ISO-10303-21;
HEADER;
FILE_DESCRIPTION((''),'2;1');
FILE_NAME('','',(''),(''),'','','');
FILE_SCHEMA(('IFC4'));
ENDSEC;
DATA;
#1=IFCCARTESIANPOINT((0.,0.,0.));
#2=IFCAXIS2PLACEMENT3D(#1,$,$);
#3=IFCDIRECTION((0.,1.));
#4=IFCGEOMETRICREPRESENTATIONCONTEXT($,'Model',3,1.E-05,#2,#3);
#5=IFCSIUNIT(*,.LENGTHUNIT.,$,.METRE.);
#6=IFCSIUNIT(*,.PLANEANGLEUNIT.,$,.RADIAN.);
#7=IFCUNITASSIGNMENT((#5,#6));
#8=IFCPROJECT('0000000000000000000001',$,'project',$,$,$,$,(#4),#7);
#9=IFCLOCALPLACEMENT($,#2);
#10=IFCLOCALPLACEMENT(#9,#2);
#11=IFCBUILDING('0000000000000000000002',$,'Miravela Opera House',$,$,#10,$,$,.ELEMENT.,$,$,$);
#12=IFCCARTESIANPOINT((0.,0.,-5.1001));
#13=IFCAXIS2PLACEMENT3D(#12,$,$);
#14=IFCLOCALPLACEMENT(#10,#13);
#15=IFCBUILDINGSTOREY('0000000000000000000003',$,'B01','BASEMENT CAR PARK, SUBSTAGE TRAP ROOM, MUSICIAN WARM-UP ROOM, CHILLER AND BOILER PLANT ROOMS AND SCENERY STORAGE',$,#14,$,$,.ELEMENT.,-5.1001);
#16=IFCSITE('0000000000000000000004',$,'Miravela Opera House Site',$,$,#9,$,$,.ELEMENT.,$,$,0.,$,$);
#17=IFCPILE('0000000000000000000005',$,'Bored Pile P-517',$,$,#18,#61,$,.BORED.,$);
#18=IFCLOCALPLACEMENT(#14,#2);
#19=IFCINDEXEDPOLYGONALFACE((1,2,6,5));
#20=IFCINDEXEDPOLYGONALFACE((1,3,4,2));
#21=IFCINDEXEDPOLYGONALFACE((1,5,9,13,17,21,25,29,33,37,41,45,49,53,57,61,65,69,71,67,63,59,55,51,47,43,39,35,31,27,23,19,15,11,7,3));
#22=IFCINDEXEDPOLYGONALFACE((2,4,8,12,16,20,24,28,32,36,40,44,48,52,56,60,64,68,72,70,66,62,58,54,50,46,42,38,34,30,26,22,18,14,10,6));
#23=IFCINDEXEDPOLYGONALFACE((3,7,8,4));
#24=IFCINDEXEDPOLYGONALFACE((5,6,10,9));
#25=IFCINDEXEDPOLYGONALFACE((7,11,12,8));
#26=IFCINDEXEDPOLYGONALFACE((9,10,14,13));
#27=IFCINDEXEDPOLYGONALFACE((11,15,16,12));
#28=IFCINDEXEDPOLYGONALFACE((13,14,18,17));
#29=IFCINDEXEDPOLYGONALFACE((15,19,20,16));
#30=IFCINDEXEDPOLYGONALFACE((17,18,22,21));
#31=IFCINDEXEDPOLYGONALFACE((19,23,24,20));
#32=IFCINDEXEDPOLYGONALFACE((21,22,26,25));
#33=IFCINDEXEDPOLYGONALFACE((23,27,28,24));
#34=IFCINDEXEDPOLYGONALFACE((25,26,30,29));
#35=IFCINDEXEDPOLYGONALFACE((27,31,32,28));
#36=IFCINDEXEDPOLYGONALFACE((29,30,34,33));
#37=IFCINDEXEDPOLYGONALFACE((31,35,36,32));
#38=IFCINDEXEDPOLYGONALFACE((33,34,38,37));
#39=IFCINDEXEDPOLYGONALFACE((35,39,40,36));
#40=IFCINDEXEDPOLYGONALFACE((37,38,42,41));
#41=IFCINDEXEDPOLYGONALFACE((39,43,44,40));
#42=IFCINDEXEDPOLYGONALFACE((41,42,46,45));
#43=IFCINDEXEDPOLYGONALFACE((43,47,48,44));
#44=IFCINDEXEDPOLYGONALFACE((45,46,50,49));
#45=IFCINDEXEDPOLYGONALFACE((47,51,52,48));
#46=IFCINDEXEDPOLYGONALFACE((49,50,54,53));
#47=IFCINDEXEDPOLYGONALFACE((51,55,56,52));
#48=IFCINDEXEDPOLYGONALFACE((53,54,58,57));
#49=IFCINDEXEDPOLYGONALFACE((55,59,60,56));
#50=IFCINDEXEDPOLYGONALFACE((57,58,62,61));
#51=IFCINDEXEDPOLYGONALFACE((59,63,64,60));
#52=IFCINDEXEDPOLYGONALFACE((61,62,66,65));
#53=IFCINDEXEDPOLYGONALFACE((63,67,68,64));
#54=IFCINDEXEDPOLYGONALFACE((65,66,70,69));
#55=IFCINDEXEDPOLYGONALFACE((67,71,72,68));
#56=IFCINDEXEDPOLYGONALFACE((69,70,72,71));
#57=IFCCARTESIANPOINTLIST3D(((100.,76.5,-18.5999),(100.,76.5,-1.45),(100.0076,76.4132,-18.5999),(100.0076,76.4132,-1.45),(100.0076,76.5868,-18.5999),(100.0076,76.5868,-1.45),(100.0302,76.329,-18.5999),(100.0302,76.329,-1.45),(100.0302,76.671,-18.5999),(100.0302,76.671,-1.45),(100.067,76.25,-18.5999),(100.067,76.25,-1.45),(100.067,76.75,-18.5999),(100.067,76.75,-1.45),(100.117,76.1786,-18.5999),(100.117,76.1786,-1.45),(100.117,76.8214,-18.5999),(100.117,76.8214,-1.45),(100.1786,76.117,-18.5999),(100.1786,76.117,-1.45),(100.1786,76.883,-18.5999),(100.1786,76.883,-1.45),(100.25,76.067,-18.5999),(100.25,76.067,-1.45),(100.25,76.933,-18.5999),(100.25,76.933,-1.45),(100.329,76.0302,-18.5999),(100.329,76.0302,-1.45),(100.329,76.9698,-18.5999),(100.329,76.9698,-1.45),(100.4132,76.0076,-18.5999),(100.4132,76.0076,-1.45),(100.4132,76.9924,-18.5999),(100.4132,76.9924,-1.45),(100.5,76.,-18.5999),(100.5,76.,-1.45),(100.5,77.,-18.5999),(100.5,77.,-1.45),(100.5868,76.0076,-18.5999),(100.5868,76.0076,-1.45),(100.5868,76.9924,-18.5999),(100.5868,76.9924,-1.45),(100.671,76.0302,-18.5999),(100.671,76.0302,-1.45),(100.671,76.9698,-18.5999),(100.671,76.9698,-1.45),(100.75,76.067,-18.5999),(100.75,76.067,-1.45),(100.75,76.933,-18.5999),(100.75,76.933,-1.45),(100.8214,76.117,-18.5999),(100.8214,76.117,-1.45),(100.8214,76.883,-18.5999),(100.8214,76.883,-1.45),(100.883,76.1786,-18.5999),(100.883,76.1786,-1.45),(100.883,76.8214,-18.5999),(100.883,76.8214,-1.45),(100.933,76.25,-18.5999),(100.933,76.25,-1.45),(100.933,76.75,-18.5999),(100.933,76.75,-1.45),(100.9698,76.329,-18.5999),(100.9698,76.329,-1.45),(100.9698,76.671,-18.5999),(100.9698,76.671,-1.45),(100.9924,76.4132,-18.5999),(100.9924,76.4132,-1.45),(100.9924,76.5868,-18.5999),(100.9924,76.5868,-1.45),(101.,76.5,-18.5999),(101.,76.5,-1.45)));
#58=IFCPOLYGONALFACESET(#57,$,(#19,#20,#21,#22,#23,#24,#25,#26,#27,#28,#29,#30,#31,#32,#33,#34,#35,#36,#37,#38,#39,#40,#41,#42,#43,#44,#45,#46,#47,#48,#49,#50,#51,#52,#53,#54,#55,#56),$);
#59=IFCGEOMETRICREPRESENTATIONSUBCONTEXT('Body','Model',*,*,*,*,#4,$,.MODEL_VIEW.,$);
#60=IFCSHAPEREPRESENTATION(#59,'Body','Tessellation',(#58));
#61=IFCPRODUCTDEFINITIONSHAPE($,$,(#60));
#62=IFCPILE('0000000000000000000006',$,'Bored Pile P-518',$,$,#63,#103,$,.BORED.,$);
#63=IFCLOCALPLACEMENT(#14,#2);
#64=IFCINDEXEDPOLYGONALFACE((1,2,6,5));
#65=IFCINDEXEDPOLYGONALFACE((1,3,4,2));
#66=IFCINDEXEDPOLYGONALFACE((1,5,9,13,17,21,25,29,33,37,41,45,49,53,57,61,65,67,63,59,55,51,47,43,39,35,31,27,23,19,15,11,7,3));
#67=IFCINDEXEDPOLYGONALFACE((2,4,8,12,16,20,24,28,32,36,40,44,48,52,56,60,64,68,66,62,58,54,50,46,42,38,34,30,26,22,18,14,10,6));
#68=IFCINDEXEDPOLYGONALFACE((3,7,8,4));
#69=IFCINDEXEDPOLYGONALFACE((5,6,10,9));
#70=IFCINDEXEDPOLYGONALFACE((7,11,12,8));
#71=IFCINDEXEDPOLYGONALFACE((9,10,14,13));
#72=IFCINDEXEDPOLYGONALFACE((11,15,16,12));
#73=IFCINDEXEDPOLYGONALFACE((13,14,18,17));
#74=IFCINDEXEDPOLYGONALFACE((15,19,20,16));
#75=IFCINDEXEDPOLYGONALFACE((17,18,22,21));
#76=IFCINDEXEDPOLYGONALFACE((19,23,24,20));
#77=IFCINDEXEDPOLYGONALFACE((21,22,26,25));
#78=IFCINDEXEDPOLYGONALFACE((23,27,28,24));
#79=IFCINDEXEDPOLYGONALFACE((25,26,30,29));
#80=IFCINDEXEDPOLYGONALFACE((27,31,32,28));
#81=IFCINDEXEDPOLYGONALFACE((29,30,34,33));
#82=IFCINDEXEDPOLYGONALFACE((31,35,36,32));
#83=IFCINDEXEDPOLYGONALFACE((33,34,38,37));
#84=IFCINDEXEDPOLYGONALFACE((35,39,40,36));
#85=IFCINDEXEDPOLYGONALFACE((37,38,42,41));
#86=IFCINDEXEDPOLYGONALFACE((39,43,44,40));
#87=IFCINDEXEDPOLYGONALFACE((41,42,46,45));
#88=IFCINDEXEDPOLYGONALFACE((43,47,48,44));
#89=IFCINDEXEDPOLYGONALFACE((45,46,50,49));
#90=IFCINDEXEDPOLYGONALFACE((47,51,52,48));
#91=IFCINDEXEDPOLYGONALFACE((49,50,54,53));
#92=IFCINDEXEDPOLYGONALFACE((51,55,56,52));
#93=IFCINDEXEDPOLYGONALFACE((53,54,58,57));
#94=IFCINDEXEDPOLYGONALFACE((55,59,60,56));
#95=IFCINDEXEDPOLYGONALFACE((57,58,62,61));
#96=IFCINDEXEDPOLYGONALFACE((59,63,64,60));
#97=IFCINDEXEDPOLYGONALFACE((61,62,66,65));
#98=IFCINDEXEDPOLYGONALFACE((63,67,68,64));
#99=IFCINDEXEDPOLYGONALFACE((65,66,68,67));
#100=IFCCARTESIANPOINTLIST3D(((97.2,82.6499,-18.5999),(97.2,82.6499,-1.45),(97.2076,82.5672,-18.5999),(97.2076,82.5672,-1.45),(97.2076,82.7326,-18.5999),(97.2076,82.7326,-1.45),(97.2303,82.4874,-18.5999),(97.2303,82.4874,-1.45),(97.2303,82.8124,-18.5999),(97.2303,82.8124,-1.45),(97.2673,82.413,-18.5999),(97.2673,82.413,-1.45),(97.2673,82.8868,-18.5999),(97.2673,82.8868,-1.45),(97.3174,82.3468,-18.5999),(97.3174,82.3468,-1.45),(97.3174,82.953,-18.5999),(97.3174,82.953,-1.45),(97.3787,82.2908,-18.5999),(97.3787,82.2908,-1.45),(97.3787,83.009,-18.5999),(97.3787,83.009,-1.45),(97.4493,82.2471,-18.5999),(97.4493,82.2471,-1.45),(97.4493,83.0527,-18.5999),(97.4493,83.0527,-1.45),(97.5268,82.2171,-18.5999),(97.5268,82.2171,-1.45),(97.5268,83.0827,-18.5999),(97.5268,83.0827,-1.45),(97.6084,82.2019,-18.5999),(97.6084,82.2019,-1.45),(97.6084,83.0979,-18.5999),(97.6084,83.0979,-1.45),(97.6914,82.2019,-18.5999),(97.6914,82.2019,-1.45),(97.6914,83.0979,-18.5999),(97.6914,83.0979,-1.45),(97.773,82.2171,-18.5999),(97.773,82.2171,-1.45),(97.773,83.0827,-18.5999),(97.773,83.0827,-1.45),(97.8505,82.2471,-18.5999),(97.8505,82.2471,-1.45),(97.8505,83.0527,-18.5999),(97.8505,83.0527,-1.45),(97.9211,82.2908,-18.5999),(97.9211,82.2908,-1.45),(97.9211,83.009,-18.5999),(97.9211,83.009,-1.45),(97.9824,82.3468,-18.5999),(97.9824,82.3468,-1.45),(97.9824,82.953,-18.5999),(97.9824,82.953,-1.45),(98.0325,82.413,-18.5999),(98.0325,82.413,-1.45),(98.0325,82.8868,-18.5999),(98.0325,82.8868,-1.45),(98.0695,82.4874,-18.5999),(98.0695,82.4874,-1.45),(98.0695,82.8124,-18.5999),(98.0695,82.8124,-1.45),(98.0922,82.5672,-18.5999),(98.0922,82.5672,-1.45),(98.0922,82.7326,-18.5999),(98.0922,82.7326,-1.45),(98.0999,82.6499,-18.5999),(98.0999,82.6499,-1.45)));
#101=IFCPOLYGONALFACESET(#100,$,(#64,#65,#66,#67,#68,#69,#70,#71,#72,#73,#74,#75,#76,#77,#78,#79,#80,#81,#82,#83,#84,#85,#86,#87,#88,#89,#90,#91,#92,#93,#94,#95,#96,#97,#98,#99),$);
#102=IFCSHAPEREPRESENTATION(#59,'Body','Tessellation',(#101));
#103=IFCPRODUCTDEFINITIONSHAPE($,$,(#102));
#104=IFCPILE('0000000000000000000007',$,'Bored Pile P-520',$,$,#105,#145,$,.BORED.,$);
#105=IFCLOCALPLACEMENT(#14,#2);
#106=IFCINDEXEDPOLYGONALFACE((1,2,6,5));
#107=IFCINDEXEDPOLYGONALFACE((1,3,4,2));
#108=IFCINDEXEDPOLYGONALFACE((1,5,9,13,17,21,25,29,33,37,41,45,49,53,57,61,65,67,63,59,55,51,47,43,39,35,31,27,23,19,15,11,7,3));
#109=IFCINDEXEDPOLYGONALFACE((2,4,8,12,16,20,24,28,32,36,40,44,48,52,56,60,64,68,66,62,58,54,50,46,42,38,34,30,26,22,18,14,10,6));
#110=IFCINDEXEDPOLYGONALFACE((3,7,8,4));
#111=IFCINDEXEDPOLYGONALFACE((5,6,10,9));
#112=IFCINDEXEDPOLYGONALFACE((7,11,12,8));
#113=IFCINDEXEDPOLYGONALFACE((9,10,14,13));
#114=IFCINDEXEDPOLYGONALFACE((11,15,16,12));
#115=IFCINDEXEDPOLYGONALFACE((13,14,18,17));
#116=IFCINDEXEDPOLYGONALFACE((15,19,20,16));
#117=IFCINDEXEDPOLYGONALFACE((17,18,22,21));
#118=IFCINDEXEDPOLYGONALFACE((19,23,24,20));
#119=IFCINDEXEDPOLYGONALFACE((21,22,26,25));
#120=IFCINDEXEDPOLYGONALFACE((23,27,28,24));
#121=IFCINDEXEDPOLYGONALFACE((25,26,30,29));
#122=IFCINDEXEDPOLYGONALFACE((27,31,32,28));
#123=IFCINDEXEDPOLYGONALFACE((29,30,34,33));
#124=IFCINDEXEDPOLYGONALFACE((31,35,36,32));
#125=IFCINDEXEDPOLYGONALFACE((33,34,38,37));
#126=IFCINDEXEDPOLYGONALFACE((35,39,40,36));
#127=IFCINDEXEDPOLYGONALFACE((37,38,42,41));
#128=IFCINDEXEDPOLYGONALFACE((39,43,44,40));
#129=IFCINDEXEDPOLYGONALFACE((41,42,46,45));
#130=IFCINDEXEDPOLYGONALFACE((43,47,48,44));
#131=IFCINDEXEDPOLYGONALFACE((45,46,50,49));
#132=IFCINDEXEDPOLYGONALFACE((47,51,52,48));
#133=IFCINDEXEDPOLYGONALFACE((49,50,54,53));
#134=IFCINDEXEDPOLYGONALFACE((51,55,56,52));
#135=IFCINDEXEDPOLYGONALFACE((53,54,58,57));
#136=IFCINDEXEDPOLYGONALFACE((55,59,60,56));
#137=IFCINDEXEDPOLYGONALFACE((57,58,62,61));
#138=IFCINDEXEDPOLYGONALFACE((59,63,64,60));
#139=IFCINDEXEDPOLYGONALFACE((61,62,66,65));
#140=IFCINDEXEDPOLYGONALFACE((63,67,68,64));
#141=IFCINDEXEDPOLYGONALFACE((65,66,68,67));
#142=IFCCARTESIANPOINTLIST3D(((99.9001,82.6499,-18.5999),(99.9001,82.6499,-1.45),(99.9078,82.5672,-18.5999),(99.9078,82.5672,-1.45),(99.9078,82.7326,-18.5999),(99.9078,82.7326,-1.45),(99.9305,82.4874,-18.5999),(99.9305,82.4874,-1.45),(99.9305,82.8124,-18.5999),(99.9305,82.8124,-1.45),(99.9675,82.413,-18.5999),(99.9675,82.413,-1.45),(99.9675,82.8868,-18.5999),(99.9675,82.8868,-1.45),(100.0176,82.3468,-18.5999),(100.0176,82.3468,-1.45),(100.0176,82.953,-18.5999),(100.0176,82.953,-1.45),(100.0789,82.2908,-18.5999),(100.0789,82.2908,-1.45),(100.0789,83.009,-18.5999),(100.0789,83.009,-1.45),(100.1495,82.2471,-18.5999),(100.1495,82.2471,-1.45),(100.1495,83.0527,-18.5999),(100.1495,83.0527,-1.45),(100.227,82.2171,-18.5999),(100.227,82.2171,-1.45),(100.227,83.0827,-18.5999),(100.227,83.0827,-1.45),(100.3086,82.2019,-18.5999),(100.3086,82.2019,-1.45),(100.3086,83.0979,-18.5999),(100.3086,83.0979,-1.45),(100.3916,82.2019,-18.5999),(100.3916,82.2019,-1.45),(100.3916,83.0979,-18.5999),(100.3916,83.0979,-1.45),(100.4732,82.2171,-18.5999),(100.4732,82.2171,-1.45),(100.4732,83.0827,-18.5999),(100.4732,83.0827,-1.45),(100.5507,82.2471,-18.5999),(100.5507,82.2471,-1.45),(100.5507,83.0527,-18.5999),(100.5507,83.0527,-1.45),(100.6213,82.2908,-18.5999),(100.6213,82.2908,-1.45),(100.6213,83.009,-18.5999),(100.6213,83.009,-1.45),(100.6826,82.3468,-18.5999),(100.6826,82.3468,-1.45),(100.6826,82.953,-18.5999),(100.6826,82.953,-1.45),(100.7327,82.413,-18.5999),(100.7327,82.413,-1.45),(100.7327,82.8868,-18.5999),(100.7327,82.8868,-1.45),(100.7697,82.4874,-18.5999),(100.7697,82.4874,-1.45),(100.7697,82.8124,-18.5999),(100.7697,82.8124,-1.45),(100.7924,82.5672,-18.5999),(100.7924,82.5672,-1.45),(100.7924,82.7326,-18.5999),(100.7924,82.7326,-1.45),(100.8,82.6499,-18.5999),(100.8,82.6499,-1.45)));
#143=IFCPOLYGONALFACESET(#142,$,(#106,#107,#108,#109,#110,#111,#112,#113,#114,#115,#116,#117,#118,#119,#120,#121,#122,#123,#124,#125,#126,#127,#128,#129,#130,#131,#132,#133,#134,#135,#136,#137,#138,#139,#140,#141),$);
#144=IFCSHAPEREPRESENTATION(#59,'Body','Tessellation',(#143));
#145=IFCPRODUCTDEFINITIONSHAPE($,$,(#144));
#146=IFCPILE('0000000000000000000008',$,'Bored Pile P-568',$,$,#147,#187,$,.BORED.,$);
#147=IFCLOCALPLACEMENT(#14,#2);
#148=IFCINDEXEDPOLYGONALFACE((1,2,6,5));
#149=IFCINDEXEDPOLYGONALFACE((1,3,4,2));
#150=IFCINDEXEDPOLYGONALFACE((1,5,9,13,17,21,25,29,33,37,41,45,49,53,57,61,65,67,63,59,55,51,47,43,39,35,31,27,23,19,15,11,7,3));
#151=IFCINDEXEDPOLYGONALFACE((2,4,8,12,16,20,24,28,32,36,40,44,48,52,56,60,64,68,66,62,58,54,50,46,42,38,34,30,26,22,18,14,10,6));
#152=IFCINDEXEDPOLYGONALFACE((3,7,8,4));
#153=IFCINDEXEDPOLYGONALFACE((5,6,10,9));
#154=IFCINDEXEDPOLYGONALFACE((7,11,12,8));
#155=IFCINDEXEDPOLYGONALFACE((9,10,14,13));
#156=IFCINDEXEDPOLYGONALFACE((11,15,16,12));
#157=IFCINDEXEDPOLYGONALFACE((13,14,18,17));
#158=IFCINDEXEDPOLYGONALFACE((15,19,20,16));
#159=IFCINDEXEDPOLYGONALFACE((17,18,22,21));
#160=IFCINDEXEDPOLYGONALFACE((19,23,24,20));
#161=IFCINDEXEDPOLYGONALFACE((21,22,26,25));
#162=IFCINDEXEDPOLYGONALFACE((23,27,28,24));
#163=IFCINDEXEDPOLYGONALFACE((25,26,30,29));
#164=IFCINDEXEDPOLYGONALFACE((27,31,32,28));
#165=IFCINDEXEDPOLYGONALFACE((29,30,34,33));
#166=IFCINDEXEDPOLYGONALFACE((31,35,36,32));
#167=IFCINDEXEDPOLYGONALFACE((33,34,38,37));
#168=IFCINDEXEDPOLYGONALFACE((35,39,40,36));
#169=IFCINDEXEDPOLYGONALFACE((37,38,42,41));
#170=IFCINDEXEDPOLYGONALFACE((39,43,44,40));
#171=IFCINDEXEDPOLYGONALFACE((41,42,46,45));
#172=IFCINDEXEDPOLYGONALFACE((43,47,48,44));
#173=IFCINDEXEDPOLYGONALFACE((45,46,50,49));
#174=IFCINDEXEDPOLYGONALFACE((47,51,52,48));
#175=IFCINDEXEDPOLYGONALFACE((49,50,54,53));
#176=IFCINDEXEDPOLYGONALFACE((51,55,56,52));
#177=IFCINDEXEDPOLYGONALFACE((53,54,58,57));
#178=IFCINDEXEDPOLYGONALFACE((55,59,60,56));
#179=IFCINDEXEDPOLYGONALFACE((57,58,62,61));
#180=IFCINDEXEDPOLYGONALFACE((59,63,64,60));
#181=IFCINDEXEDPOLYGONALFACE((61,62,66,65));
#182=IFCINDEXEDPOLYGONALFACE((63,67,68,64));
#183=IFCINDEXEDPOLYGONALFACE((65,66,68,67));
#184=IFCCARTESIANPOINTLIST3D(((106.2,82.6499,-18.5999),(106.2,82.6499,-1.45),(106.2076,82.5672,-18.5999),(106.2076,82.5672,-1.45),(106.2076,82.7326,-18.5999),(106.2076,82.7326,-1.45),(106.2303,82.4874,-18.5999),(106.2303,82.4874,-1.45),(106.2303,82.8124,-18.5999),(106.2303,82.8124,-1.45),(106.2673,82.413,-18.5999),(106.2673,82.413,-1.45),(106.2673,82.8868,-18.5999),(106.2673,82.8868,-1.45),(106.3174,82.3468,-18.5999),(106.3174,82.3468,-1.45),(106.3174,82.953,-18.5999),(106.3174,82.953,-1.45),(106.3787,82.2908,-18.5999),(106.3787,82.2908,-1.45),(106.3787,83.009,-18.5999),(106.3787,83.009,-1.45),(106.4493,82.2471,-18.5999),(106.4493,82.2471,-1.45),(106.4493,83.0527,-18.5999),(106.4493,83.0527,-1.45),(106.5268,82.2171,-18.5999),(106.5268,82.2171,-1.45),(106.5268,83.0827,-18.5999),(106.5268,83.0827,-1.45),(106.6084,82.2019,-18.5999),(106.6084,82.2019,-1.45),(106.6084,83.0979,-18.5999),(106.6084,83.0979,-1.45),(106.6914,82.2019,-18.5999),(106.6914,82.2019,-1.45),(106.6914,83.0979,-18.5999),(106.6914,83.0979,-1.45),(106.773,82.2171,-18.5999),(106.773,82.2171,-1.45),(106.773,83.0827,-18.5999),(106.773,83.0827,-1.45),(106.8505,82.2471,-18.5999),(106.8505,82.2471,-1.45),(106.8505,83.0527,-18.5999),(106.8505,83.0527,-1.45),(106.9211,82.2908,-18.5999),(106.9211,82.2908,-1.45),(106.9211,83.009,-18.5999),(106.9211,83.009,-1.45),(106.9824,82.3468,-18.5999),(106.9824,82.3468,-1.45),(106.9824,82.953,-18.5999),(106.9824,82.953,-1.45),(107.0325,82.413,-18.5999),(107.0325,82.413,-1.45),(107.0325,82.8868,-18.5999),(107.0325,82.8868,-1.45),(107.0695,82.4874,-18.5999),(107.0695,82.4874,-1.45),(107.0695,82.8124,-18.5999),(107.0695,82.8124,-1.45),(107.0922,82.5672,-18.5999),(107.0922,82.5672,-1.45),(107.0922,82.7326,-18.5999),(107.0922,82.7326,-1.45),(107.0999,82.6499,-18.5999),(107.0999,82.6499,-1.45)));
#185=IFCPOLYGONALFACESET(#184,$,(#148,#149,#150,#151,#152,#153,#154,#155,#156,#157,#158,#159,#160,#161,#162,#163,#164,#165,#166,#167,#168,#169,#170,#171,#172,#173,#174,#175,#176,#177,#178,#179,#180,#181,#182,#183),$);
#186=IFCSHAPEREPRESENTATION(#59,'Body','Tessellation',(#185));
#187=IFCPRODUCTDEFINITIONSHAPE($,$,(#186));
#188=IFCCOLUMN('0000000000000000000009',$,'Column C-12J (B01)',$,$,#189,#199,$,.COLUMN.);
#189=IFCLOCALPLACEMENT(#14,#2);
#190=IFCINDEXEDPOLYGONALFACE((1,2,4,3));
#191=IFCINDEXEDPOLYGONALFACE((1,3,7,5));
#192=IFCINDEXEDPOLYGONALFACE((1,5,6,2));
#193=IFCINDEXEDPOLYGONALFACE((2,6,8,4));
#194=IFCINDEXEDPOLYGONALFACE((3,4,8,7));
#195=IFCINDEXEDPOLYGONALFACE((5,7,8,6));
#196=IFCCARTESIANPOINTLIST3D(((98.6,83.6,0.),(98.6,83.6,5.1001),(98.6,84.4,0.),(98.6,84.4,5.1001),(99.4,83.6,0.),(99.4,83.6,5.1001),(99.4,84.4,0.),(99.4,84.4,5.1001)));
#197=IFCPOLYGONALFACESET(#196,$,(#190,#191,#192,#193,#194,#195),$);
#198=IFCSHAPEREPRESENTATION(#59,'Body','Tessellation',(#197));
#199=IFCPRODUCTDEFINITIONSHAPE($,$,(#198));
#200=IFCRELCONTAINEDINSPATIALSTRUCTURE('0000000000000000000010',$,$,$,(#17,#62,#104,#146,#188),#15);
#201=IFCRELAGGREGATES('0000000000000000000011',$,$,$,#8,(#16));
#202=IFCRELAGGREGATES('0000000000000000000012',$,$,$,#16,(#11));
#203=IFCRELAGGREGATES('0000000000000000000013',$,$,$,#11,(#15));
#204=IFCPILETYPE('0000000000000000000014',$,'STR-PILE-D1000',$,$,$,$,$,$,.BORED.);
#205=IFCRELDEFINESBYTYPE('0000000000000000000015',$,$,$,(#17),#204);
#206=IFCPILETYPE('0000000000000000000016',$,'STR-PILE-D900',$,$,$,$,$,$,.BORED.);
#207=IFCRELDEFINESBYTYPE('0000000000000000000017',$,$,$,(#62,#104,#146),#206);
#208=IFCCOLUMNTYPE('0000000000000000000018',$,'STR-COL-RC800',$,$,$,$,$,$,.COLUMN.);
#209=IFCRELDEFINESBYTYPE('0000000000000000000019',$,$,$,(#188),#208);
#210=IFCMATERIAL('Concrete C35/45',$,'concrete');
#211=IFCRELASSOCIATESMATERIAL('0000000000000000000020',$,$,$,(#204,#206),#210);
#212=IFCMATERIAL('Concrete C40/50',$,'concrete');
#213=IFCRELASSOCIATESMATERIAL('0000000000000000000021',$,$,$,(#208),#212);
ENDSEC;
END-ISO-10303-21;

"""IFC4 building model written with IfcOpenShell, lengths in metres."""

from ifc_helpers import new_model, si_unit, direction, frame, origin, origin_2d, place, context, subcontext, project, spatial, rectangle, circle, extrude, material, material_profile, profile_set, type_object, element, save


model = new_model("IFC4")

# Units and contexts
model_context = context("Model", 3, precision=1e-05, world=origin(), true_north=direction((0.0, 1.0)))
body_context = subcontext(model_context, "Body", "Model", "MODEL_VIEW")
ifc_project = project(units=[si_unit("LENGTHUNIT", "METRE"), si_unit("PLANEANGLEUNIT", "RADIAN")], contexts=[model_context])

# Site, building, storey
site_placement = place(None, origin())
site = spatial("IfcSite", under=ifc_project, at=site_placement, Name="Miravela Opera House Site", CompositionType="ELEMENT", RefElevation=0.0)
building_placement = place(site_placement, origin())
building = spatial("IfcBuilding", under=site, at=building_placement, Name="Miravela Opera House", CompositionType="ELEMENT")
storey_placement = place(building_placement, frame((0.0, 0.0, -5.1001)))
storey = spatial("IfcBuildingStorey", under=building, at=storey_placement, Name="B01", Description="BASEMENT CAR PARK, SUBSTAGE TRAP ROOM, MUSICIAN WARM-UP ROOM, CHILLER AND BOILER PLANT ROOMS AND SCENERY STORAGE", CompositionType="ELEMENT", Elevation=-5.1001)

# Shared definitions
ifc_material_1 = material(Name="Concrete C35/45", Category="concrete")

# Piles
ifc_material_profile_1 = material_profile(ifc_material_1, circle(Radius=0.5, at=origin_2d()), Name="PILE-D1000")
ifc_profile_set_1 = profile_set([ifc_material_profile_1])
pile_type_1 = type_object("IfcPileType", Name="STR-PILE-D1000", PredefinedType="BORED", material=ifc_profile_set_1)
for number, where, z_axis, x_axis, name in (
    (1, (100.5, 76.5, -1.45), (0.0, 0.0, -1.0), (1.0, 0.0, 0.0), "Bored Pile P-517"),
):
    element("IfcPile", number, at=place(storey_placement, frame(where, z_axis=z_axis, x_axis=x_axis)), inside=storey, type_object=pile_type_1, Name=name, PredefinedType="BORED", context=body_context, shape_type="SweptSolid", body=[
        extrude(circle(Radius=0.5, at=origin_2d()), origin(), (0.0, 0.0, 1.0), 17.1499),
    ])
ifc_material_profile_2 = material_profile(ifc_material_1, circle(Radius=0.45, at=origin_2d()), Name="PILE-D900")
ifc_profile_set_2 = profile_set([ifc_material_profile_2])
pile_type_2 = type_object("IfcPileType", Name="STR-PILE-D900", PredefinedType="BORED", material=ifc_profile_set_2)
for number, where, z_axis, x_axis, name in (
    (2, (97.6499, 82.6499, -1.45), (0.0, 0.0, -1.0), (1.0, 0.0, 0.0), "Bored Pile P-518"),
    (3, (100.3501, 82.6499, -1.45), (0.0, 0.0, -1.0), (1.0, 0.0, 0.0), "Bored Pile P-520"),
    (4, (106.6499, 82.6499, -1.45), (0.0, 0.0, -1.0), (1.0, 0.0, 0.0), "Bored Pile P-568"),
):
    element("IfcPile", number, at=place(storey_placement, frame(where, z_axis=z_axis, x_axis=x_axis)), inside=storey, type_object=pile_type_2, Name=name, PredefinedType="BORED", context=body_context, shape_type="SweptSolid", body=[
        extrude(circle(Radius=0.45, at=origin_2d()), origin(), (0.0, 0.0, 1.0), 17.1499),
    ])

# Column
ifc_material_2 = material(Name="Concrete C40/50", Category="concrete")
ifc_material_profile_3 = material_profile(ifc_material_2, rectangle(XDim=0.8, YDim=0.8, at=origin_2d()), Name="RC-COL-800X800")
ifc_profile_set_3 = profile_set([ifc_material_profile_3])
column_type_1 = type_object("IfcColumnType", Name="STR-COL-RC800", PredefinedType="COLUMN", material=ifc_profile_set_3)
column_placement = place(storey_placement, frame((99.0, 84.0, 0.0), z_axis=(0.0, 0.0, 1.0), x_axis=(1.0, 0.0, 0.0)))
element("IfcColumn", 5, at=column_placement, inside=storey, type_object=column_type_1, Name="Column C-12J (B01)", PredefinedType="COLUMN", context=body_context, shape_type="SweptSolid", body=[
    extrude(rectangle(XDim=0.8, YDim=0.8, at=origin_2d()), origin(), (0.0, 0.0, 1.0), 5.1001),
])

save(model, "model.ifc")
